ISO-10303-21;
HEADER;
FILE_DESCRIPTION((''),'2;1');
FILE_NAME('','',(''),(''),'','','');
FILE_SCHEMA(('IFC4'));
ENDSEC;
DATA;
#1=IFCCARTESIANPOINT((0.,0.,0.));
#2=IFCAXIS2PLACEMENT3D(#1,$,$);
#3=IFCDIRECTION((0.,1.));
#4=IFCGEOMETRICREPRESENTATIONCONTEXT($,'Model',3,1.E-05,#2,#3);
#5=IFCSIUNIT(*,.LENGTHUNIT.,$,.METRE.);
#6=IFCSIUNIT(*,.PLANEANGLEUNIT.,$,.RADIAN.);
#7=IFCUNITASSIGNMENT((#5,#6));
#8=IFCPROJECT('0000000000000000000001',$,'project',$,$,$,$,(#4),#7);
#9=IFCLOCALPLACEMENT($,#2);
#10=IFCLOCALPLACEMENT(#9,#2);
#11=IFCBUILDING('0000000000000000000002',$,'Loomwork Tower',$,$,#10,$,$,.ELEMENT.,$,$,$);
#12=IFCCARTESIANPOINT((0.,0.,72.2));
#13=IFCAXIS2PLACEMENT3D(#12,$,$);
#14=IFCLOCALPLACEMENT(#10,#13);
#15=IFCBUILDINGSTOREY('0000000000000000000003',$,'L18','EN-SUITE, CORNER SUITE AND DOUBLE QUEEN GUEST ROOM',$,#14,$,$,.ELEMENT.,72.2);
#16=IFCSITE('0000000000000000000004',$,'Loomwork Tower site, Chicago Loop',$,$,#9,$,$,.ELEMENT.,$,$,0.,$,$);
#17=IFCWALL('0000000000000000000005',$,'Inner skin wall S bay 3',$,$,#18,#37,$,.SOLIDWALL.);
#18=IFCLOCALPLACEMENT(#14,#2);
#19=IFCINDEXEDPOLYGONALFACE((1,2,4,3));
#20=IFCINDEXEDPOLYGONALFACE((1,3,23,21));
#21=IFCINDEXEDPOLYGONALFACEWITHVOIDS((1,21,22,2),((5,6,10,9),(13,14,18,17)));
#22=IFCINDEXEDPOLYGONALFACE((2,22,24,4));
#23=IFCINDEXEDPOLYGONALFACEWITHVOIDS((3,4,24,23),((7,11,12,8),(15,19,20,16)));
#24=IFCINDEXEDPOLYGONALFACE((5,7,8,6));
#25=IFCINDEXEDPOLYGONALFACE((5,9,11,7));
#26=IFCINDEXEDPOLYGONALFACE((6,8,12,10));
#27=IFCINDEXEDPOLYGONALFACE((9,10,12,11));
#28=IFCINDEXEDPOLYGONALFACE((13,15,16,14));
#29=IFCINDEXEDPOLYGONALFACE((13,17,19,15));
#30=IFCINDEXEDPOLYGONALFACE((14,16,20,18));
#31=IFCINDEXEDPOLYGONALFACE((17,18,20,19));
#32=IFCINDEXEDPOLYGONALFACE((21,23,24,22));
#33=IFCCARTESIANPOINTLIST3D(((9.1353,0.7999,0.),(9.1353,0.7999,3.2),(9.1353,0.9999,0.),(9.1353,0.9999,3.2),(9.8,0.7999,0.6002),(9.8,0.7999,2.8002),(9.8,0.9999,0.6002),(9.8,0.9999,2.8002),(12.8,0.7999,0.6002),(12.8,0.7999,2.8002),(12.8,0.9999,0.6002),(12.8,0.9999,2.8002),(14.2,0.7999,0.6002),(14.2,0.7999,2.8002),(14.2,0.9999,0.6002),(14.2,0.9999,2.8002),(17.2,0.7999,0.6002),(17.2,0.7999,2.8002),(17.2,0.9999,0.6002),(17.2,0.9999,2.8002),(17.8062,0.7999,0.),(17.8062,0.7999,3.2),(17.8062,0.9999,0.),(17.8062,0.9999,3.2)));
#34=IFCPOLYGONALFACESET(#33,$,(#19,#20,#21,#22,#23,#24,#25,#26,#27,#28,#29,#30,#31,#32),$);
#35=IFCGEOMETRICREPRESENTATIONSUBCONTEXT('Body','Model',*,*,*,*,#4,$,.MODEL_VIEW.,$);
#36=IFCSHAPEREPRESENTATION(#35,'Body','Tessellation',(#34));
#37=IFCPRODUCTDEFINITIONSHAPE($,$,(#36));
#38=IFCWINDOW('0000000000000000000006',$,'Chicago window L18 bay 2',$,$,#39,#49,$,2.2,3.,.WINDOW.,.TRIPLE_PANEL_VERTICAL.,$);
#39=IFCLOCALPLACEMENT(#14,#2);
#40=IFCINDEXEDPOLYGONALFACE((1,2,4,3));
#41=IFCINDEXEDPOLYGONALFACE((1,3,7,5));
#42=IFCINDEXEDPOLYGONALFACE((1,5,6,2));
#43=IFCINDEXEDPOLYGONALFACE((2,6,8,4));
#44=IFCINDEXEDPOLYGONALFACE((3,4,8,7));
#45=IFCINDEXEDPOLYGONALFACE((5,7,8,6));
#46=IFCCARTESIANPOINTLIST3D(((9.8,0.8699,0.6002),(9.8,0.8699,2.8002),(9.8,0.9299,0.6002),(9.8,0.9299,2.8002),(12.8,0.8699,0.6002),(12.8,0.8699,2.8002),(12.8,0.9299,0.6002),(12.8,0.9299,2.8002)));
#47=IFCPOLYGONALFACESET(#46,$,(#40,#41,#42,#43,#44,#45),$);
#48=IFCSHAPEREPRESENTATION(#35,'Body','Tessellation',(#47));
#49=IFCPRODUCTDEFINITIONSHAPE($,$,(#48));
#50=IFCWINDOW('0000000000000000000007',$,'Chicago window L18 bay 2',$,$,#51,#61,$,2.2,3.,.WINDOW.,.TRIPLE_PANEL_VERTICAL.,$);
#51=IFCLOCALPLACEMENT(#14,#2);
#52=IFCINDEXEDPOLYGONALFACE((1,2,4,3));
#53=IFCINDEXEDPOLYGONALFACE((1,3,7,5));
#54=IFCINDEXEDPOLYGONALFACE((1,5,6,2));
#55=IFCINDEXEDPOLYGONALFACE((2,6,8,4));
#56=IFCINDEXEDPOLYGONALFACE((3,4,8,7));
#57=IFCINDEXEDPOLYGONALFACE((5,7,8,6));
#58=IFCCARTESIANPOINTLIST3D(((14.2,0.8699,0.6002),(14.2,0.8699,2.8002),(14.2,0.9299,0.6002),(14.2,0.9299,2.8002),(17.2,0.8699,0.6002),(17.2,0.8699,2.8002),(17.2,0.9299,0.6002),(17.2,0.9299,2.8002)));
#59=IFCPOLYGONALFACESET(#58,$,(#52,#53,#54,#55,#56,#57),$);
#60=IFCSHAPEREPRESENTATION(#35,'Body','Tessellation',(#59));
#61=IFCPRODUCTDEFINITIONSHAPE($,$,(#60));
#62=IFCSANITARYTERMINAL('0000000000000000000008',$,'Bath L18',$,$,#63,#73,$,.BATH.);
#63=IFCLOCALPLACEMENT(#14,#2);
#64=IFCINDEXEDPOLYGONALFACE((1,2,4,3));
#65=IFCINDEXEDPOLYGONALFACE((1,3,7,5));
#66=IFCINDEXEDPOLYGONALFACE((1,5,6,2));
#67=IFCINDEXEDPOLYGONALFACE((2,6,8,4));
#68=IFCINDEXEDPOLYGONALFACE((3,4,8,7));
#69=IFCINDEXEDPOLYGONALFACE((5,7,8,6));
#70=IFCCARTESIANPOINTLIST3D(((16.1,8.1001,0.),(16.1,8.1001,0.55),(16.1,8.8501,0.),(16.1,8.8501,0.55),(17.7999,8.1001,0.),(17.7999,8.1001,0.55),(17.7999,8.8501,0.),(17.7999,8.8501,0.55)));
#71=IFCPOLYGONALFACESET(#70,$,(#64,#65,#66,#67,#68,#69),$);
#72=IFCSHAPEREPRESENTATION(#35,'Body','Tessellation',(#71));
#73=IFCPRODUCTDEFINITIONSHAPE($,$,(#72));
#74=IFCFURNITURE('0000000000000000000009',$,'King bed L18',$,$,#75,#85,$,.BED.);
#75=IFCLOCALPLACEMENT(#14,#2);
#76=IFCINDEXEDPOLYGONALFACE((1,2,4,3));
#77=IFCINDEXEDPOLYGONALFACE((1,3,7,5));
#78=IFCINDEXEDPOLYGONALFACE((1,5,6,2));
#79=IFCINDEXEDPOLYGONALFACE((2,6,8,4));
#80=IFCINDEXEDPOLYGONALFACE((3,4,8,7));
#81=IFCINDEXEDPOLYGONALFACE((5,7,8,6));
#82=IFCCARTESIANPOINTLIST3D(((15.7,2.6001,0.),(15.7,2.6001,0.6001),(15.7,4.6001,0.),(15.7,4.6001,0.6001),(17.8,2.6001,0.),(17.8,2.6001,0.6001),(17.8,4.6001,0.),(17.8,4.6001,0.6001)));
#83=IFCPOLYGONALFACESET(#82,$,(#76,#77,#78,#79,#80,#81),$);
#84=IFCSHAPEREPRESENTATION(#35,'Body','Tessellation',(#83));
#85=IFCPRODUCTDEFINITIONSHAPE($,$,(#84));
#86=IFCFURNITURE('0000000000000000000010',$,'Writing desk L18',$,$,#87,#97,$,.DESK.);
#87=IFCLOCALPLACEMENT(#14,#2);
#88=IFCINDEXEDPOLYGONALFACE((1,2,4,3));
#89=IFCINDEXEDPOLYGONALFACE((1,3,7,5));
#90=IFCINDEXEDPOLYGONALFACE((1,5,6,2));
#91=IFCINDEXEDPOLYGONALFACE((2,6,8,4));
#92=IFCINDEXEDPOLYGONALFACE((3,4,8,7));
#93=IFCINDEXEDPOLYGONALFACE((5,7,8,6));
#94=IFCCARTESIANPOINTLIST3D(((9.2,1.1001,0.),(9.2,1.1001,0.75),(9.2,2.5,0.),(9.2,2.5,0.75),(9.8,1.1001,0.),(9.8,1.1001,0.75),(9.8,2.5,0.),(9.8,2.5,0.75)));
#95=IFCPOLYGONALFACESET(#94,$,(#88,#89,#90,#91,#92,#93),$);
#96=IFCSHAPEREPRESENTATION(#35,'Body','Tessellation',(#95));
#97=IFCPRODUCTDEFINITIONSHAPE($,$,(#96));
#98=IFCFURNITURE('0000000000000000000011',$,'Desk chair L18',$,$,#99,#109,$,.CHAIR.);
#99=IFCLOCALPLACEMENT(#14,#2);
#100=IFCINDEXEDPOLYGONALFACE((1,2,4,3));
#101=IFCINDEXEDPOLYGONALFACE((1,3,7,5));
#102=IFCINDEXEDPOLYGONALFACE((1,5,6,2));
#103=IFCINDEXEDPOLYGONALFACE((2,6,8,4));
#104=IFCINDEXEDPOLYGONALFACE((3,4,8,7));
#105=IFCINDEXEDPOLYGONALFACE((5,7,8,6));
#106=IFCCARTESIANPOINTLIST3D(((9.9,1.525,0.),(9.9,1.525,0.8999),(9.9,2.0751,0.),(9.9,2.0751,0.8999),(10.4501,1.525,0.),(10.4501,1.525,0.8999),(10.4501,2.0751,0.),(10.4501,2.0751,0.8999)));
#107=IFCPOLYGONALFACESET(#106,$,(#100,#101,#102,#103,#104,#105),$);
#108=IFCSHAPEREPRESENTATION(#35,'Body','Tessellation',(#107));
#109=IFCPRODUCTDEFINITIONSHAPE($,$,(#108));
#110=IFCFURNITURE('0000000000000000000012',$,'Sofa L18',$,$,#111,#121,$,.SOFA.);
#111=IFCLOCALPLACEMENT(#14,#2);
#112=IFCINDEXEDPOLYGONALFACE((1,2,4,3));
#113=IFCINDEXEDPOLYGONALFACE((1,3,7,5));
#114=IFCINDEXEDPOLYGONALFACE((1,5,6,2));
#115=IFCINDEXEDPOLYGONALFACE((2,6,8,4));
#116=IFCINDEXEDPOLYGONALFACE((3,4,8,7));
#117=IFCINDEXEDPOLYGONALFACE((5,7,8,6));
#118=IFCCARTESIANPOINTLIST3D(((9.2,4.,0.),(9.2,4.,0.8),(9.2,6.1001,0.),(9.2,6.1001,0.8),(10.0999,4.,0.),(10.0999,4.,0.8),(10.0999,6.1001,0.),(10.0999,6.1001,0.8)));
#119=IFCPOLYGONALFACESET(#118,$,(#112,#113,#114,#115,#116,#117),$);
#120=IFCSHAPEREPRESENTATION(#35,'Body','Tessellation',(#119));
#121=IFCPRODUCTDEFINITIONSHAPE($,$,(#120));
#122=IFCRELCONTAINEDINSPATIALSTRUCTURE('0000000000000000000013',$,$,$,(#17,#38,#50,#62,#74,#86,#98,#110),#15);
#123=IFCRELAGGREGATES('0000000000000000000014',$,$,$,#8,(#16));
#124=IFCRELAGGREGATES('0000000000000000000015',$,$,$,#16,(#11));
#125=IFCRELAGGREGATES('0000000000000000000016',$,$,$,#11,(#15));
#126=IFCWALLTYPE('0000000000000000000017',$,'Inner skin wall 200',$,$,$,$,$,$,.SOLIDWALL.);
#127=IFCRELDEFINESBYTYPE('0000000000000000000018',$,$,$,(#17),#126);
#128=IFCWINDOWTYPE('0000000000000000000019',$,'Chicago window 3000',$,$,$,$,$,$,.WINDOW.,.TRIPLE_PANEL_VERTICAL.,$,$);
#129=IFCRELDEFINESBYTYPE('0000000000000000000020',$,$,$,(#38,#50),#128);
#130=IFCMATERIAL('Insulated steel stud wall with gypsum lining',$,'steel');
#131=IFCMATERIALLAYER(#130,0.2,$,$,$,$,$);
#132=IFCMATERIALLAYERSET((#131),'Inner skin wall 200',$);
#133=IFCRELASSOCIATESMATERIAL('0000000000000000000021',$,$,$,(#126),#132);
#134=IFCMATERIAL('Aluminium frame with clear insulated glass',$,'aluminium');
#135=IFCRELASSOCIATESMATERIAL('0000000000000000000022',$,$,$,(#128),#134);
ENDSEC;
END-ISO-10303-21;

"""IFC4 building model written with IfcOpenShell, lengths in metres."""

from ifc_helpers import new_model, si_unit, direction, frame, frame_2d, origin, origin_2d, place, context, subcontext, project, spatial, rectangle, extrude, material, layer, layer_set, type_object, element, fill, save


model = new_model("IFC4")

# Units and contexts
model_context = context("Model", 3, precision=1e-05, world=origin(), true_north=direction((0.0, 1.0)))
body_context = subcontext(model_context, "Body", "Model", "MODEL_VIEW")
ifc_project = project(units=[si_unit("LENGTHUNIT", "METRE"), si_unit("PLANEANGLEUNIT", "RADIAN")], contexts=[model_context])

# Site, building, storey
site_placement = place(None, origin())
site = spatial("IfcSite", under=ifc_project, at=site_placement, Name="Loomwork Tower site, Chicago Loop", CompositionType="ELEMENT", RefElevation=0.0)
building_placement = place(site_placement, origin())
building = spatial("IfcBuilding", under=site, at=building_placement, Name="Loomwork Tower", CompositionType="ELEMENT")
storey_placement = place(building_placement, frame((0.0, 0.0, 72.2)))
storey = spatial("IfcBuildingStorey", under=building, at=storey_placement, Name="L18", Description="EN-SUITE, CORNER SUITE AND DOUBLE QUEEN GUEST ROOM", CompositionType="ELEMENT", Elevation=72.2)

# Wall, openings, windows
ifc_material_1 = material(Name="Insulated steel stud wall with gypsum lining", Category="steel")
ifc_layer_1 = layer(ifc_material_1, 0.2)
ifc_layer_set_1 = layer_set([ifc_layer_1], Name="Inner skin wall 200")
wall_type_1 = type_object("IfcWallType", Name="Inner skin wall 200", PredefinedType="SOLIDWALL", material=ifc_layer_set_1)
wall_1_placement = place(storey_placement, frame((9.1353, 0.8999, 0.0), z_axis=(0.0, 0.0, 1.0), x_axis=(1.0, 0.0, 0.0)))
wall_1 = element("IfcWall", 1, at=wall_1_placement, inside=storey, type_object=wall_type_1, Name="Inner skin wall S bay 3", PredefinedType="SOLIDWALL", context=body_context, shape_type="SweptSolid", body=[
    extrude(rectangle(XDim=8.6709, YDim=0.2, at=frame_2d((4.3354, 0.0))), origin(), (0.0, 0.0, 1.0), 3.2),
])
opening_1_placement = place(wall_1_placement, frame((0.6648, 0.0, 0.6001)))
opening_1 = element("IfcOpeningElement", 2, at=opening_1_placement, cuts=wall_1, PredefinedType="OPENING", context=body_context, shape_type="SweptSolid", body=[
    extrude(rectangle(XDim=3.0, YDim=2.2, at=frame_2d((1.5, 1.1001))), frame((0.0, 0.1099, 0.0), z_axis=(0.0, -1.0, 0.0), x_axis=(1.0, 0.0, 0.0)), (0.0, 0.0, 1.0), 0.22),
])
opening_2_placement = place(wall_1_placement, frame((5.0647, 0.0, 0.6001)))
opening_2 = element("IfcOpeningElement", 3, at=opening_2_placement, cuts=wall_1, PredefinedType="OPENING", context=body_context, shape_type="SweptSolid", body=[
    extrude(rectangle(XDim=3.0, YDim=2.2, at=frame_2d((1.5, 1.1001))), frame((0.0, 0.1099, 0.0), z_axis=(0.0, -1.0, 0.0), x_axis=(1.0, 0.0, 0.0)), (0.0, 0.0, 1.0), 0.22),
])
ifc_material_2 = material(Name="Aluminium frame with clear insulated glass", Category="aluminium")
window_type = type_object("IfcWindowType", Name="Chicago window 3000", PartitioningType="TRIPLE_PANEL_VERTICAL", PredefinedType="WINDOW", material=ifc_material_2)
window_1_placement = place(opening_1_placement, origin())
window_1 = element("IfcWindow", 4, at=window_1_placement, inside=storey, type_object=window_type, Name="Chicago window L18 bay 2", OverallHeight=2.2, OverallWidth=3.0, PartitioningType="TRIPLE_PANEL_VERTICAL", PredefinedType="WINDOW", context=body_context, shape_type="SweptSolid", body=[
    extrude(rectangle(XDim=3.0, YDim=2.2, at=frame_2d((1.5, 1.1001))), frame((0.0, 0.03, 0.0), z_axis=(0.0, -1.0, 0.0), x_axis=(1.0, 0.0, 0.0)), (0.0, 0.0, 1.0), 0.0601),
])
fill(opening_1, window_1)
window_2_placement = place(opening_2_placement, origin())
window_2 = element("IfcWindow", 5, at=window_2_placement, inside=storey, type_object=window_type, Name="Chicago window L18 bay 2", OverallHeight=2.2, OverallWidth=3.0, PartitioningType="TRIPLE_PANEL_VERTICAL", PredefinedType="WINDOW", context=body_context, shape_type="SweptSolid", body=[
    extrude(rectangle(XDim=3.0, YDim=2.2, at=frame_2d((1.5, 1.1001))), frame((0.0, 0.03, 0.0), z_axis=(0.0, -1.0, 0.0), x_axis=(1.0, 0.0, 0.0)), (0.0, 0.0, 1.0), 0.0601),
])
fill(opening_2, window_2)

# Sanitary terminal
sanitary_terminal_placement = place(storey_placement, frame((16.95, 8.4751, 0.0), z_axis=(0.0, 0.0, 1.0), x_axis=(1.0, 0.0, 0.0)))
element("IfcSanitaryTerminal", 6, at=sanitary_terminal_placement, inside=storey, Name="Bath L18", PredefinedType="BATH", context=body_context, shape_type="SweptSolid", body=[
    extrude(rectangle(XDim=1.7, YDim=0.75, at=origin_2d()), origin(), (0.0, 0.0, 1.0), 0.55),
])

# Furniture
furniture_1_placement = place(storey_placement, frame((16.75, 3.6001, 0.0), z_axis=(0.0, 0.0, 1.0), x_axis=(1.0, 0.0, 0.0)))
element("IfcFurniture", 7, at=furniture_1_placement, inside=storey, Name="King bed L18", PredefinedType="BED", context=body_context, shape_type="SweptSolid", body=[
    extrude(rectangle(XDim=2.1001, YDim=2.0, at=origin_2d()), origin(), (0.0, 0.0, 1.0), 0.6001),
])
furniture_2_placement = place(storey_placement, frame((9.5, 1.8, 0.0), z_axis=(0.0, 0.0, 1.0), x_axis=(1.0, 0.0, 0.0)))
element("IfcFurniture", 8, at=furniture_2_placement, inside=storey, Name="Writing desk L18", PredefinedType="DESK", context=body_context, shape_type="SweptSolid", body=[
    extrude(rectangle(XDim=0.6001, YDim=1.3999, at=origin_2d()), origin(), (0.0, 0.0, 1.0), 0.75),
])
furniture_3_placement = place(storey_placement, frame((10.175, 1.8, 0.0), z_axis=(0.0, 0.0, 1.0), x_axis=(1.0, 0.0, 0.0)))
element("IfcFurniture", 9, at=furniture_3_placement, inside=storey, Name="Desk chair L18", PredefinedType="CHAIR", context=body_context, shape_type="SweptSolid", body=[
    extrude(rectangle(XDim=0.55, YDim=0.55, at=origin_2d()), origin(), (0.0, 0.0, 1.0), 0.8999),
])
furniture_4_placement = place(storey_placement, frame((9.6499, 5.05, 0.0), z_axis=(0.0, 0.0, 1.0), x_axis=(1.0, 0.0, 0.0)))
element("IfcFurniture", 10, at=furniture_4_placement, inside=storey, Name="Sofa L18", PredefinedType="SOFA", context=body_context, shape_type="SweptSolid", body=[
    extrude(rectangle(XDim=0.8999, YDim=2.1001, at=origin_2d()), origin(), (0.0, 0.0, 1.0), 0.8),
])

save(model, "model.ifc")
